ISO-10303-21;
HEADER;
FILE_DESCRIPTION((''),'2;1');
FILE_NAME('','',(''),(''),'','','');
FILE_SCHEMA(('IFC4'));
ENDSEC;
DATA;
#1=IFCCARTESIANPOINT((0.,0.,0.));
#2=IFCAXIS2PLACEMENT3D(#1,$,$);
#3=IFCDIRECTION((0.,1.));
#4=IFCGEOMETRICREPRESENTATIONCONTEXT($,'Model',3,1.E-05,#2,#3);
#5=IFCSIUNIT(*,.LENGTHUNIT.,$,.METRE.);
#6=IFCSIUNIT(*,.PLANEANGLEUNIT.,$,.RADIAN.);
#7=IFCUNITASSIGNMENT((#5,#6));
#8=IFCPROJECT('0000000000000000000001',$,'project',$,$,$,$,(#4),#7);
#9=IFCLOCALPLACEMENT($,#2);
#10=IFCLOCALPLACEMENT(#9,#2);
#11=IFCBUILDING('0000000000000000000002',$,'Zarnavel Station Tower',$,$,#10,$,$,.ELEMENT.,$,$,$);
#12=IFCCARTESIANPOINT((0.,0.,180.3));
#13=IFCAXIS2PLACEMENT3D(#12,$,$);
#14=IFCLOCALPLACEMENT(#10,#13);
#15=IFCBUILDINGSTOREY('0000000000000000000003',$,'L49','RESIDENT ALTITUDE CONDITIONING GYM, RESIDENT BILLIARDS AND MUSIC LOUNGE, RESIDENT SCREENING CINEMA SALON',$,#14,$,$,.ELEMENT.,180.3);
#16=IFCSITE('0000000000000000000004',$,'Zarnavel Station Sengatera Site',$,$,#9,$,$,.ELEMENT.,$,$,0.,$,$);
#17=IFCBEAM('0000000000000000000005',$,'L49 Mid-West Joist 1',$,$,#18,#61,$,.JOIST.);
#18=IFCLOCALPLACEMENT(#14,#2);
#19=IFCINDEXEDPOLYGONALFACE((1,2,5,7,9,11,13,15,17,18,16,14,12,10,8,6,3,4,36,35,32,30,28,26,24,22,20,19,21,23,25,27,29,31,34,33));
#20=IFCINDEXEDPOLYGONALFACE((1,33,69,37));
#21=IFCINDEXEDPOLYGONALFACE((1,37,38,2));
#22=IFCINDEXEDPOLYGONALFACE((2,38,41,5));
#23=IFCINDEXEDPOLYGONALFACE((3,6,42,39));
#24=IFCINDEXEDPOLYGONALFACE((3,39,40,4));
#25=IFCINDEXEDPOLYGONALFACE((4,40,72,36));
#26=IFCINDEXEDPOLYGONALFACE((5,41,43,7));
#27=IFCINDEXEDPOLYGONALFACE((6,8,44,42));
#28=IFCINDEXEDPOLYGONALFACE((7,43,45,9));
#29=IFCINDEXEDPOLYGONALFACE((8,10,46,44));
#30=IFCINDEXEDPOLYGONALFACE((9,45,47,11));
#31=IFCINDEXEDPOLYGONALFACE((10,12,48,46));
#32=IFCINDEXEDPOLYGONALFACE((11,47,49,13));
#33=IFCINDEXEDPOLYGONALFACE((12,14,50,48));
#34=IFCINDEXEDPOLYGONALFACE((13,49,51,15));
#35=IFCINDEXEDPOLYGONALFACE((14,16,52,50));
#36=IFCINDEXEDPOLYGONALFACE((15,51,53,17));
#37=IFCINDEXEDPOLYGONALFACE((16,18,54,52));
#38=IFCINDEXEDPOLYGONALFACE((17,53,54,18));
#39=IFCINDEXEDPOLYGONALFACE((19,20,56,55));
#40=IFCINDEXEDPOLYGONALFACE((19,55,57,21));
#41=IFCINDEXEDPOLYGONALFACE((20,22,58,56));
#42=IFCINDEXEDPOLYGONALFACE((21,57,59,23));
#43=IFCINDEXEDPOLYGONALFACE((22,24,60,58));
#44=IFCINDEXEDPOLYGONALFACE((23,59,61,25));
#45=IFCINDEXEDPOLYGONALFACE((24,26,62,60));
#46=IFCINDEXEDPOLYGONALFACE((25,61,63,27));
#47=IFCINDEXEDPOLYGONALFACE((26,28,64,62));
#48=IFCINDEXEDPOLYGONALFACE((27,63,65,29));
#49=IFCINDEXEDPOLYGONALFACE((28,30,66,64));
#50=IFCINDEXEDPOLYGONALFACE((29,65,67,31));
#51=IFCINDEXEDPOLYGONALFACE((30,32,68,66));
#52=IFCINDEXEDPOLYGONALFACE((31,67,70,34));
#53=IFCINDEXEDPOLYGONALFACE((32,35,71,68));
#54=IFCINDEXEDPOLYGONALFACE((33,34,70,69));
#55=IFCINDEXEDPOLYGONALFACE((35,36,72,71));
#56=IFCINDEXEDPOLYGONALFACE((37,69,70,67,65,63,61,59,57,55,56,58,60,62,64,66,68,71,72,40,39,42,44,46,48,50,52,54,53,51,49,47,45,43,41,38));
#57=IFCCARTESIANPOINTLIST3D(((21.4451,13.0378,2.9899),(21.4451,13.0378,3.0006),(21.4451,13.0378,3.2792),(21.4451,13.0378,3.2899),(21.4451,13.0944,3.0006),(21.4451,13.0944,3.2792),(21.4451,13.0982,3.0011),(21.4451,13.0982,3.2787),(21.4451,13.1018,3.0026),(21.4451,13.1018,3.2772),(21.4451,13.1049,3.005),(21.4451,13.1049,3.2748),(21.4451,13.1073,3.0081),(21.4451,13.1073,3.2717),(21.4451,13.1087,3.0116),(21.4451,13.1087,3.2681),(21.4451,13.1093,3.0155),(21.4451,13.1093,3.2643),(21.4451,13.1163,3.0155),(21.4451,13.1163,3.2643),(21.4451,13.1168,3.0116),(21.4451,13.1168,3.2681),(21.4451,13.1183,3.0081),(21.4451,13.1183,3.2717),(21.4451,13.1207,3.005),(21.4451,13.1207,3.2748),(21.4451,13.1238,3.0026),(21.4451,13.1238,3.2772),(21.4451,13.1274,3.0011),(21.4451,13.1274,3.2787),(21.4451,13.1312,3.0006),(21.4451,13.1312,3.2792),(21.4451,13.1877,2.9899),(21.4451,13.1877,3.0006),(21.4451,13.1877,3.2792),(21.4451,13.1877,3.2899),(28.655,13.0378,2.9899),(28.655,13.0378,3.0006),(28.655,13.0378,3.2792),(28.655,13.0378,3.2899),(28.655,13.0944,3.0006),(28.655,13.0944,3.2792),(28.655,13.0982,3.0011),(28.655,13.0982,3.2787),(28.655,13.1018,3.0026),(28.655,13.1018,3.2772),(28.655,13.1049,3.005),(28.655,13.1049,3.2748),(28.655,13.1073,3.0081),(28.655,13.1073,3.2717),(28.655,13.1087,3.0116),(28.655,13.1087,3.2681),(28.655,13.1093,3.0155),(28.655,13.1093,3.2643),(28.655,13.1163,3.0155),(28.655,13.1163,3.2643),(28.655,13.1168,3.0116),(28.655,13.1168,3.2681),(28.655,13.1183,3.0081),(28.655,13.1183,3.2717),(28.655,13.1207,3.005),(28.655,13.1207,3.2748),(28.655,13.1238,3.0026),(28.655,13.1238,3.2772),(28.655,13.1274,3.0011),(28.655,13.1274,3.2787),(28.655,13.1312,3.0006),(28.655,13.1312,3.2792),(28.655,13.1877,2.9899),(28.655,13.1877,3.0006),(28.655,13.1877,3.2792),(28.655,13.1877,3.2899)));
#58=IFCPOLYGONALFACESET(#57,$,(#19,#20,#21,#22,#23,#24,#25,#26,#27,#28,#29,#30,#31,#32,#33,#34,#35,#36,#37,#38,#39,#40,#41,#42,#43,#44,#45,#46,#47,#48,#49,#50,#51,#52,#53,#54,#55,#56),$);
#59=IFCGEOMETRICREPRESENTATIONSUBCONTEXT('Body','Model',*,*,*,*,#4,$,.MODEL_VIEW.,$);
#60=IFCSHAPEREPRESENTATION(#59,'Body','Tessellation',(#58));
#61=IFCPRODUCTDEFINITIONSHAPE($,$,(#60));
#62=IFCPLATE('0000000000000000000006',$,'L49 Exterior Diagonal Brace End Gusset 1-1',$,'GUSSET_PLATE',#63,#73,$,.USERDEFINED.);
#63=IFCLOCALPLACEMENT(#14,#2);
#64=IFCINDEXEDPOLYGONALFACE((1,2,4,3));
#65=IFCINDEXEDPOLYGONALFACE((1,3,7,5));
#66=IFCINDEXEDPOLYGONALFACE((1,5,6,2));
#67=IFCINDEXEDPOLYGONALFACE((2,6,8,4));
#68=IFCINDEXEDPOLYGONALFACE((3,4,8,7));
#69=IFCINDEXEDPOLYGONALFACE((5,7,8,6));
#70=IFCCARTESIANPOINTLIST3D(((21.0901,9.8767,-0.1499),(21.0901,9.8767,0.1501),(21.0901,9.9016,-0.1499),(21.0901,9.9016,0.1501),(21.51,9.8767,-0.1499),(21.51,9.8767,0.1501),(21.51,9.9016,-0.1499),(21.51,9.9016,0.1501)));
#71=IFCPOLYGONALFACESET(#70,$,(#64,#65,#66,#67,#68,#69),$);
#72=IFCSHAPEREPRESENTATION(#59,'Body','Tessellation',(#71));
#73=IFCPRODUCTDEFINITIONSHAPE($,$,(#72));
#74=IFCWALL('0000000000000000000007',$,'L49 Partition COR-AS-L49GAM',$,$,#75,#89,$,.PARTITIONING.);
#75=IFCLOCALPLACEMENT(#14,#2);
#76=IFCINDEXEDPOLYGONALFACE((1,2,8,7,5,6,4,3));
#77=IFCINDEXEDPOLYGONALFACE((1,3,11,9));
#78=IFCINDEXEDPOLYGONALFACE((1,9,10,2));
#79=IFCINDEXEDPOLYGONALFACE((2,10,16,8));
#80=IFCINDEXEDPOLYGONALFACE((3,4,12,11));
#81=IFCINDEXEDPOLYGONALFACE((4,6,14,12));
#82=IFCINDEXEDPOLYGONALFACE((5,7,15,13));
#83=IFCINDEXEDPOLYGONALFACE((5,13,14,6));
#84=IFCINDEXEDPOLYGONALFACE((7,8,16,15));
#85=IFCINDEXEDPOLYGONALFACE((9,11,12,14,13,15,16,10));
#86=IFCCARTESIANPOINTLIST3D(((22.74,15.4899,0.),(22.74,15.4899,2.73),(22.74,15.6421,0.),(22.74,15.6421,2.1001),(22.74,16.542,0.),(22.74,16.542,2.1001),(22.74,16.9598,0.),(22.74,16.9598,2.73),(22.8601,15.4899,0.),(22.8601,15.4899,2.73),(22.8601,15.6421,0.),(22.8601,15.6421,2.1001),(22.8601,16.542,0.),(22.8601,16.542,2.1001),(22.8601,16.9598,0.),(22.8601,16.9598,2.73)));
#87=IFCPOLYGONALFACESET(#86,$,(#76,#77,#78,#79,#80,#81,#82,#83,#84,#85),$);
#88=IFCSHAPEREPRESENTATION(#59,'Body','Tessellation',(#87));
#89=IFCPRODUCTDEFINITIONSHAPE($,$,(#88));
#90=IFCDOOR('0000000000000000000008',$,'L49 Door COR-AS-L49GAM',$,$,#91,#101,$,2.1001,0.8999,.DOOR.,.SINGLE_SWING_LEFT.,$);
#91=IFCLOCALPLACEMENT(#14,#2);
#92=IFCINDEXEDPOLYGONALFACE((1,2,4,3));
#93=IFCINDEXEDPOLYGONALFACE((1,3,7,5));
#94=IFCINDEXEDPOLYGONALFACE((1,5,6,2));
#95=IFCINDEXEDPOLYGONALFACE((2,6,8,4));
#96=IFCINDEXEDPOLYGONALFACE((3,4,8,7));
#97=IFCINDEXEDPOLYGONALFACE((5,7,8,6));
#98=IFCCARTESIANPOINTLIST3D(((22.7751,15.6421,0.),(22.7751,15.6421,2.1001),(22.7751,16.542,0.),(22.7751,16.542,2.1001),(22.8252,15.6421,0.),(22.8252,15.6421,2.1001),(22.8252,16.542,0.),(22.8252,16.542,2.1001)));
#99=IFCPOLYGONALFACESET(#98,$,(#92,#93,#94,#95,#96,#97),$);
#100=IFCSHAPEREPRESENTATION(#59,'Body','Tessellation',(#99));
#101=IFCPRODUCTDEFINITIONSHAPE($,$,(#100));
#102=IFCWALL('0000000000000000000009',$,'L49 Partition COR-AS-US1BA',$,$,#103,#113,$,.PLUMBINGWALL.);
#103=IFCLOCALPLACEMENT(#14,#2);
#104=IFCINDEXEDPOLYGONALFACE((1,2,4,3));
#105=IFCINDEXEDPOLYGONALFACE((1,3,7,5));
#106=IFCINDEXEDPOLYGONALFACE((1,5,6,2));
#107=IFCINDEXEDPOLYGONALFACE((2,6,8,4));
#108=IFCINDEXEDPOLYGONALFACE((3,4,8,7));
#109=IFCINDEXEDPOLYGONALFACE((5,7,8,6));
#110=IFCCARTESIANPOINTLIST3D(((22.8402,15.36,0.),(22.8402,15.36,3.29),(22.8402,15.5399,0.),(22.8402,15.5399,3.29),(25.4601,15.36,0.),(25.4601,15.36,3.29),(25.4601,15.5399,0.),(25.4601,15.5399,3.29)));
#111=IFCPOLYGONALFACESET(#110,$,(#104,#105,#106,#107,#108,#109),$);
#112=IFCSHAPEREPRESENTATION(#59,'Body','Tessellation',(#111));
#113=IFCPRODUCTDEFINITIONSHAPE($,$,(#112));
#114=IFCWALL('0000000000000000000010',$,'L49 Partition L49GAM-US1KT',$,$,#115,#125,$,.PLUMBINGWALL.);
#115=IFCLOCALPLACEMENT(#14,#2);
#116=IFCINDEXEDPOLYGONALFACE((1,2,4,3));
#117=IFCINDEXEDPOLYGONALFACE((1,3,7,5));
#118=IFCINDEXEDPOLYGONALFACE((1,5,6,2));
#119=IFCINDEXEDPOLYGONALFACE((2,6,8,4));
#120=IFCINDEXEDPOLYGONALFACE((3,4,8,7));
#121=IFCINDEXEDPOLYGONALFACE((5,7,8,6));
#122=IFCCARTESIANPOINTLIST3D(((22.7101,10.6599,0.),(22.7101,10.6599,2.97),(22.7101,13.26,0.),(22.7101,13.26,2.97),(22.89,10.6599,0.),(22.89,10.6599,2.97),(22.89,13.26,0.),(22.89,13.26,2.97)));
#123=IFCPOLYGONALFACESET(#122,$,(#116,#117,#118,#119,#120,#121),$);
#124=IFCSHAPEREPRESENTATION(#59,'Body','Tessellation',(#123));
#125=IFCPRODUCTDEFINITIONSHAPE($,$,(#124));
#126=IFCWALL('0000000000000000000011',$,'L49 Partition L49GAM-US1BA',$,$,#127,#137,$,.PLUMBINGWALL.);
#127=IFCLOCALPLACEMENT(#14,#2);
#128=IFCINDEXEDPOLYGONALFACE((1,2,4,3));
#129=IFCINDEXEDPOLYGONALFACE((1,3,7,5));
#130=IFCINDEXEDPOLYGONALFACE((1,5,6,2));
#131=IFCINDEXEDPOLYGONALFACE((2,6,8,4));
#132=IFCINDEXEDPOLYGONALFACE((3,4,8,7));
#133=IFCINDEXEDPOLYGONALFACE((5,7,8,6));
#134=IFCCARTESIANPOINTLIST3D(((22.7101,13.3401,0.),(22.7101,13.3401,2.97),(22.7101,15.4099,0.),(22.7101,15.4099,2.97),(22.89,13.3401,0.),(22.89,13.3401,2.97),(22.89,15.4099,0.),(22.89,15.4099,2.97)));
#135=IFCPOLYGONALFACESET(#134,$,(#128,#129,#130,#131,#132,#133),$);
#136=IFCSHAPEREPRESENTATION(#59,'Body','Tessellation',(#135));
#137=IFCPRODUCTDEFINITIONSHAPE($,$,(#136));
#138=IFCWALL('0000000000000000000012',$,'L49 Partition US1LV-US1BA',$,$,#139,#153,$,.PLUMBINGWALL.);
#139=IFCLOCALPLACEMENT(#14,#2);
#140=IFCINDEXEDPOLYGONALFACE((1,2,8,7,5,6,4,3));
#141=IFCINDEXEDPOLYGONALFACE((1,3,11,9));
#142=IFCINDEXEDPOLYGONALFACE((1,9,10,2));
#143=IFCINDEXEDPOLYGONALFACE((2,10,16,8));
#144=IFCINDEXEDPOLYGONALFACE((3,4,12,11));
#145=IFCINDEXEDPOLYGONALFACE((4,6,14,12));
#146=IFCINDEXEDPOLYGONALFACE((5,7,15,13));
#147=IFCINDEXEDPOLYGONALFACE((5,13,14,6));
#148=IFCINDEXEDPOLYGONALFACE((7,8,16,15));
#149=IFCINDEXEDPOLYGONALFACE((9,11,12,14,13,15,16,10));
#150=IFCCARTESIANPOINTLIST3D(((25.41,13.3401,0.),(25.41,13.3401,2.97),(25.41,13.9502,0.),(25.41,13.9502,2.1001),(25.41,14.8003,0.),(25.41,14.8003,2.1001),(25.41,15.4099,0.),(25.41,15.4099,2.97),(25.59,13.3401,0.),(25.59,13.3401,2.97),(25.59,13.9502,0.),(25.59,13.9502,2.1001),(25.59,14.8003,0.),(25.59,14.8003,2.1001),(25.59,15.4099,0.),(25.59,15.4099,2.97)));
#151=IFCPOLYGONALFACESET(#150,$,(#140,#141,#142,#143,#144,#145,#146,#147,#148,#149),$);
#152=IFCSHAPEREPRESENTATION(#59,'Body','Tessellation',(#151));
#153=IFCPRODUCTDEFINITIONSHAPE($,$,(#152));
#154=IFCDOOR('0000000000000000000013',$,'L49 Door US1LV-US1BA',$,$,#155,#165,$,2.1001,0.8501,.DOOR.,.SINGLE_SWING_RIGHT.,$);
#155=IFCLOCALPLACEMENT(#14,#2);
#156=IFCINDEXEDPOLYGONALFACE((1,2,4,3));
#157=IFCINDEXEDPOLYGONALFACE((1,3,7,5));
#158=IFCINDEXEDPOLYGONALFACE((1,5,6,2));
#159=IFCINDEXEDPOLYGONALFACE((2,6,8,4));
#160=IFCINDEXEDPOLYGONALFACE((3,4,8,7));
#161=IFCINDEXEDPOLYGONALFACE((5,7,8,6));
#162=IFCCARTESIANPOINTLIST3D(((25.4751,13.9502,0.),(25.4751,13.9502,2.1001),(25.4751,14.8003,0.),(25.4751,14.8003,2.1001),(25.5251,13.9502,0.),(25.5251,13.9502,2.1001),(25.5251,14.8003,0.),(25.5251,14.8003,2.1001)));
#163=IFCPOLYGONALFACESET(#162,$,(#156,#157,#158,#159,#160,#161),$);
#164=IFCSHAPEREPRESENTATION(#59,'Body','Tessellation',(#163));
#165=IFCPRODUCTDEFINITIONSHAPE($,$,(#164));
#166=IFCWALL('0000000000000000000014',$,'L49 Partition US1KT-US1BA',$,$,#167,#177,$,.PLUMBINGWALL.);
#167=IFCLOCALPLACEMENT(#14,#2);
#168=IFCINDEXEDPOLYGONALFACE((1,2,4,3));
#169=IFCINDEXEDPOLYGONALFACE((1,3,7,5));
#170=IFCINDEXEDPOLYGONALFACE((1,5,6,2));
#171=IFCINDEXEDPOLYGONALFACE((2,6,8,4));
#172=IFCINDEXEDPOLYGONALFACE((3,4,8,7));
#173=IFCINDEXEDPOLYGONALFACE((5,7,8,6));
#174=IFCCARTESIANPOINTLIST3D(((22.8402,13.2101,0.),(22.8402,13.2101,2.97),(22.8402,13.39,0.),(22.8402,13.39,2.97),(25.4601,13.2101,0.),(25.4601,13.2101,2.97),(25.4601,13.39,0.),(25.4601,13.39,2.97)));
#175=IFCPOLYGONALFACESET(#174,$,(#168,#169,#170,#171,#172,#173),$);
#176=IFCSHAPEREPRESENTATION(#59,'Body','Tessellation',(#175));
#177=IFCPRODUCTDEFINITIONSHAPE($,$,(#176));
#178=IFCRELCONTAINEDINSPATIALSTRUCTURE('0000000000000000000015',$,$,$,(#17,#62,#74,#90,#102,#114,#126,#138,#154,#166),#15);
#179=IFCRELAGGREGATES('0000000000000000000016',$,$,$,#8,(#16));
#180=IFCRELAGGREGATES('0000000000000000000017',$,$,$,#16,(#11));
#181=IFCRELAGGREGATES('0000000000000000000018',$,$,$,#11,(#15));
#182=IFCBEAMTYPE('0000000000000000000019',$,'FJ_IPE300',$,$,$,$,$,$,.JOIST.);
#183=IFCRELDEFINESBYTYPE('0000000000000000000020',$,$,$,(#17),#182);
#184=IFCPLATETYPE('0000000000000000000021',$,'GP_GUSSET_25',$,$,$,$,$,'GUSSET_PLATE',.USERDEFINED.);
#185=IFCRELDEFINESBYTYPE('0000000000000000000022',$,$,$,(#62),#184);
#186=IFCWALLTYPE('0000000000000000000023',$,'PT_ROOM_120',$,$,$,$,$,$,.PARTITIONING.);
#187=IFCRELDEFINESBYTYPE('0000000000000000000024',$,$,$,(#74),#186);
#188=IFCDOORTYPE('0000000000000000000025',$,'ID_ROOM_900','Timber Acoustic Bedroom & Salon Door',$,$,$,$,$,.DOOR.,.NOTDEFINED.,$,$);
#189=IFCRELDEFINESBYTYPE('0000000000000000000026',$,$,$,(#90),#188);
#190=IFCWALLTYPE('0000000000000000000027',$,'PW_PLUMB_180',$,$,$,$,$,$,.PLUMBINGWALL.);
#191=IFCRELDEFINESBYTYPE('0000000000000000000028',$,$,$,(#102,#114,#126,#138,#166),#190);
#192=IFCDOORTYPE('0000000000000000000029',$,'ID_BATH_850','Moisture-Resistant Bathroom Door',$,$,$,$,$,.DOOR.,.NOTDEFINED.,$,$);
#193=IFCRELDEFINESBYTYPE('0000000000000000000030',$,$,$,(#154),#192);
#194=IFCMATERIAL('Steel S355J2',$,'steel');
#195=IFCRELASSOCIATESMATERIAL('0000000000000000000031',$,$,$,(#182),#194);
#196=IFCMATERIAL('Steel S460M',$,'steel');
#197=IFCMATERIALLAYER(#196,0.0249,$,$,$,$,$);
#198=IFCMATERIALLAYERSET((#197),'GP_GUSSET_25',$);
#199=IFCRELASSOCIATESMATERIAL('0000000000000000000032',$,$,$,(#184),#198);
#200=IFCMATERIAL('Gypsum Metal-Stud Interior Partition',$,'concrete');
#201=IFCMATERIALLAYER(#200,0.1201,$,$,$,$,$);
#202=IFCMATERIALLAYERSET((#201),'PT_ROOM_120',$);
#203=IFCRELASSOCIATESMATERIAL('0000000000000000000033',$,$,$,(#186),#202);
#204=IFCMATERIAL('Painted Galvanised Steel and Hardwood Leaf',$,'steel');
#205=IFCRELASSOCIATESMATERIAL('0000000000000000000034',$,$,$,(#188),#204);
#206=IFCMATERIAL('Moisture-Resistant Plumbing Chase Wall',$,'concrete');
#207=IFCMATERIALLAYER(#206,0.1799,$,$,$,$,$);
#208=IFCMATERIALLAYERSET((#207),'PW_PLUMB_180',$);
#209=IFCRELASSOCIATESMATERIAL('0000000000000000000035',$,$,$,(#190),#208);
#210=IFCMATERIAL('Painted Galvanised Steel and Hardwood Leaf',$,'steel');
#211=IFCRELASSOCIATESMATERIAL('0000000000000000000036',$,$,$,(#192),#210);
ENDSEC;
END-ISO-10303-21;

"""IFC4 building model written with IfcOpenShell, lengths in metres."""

from ifc_helpers import new_model, si_unit, direction, frame, frame_2d, origin, origin_2d, place, context, subcontext, project, spatial, rectangle, i_section, extrude, material, layer, layer_set, material_profile, profile_set, type_object, element, fill, save


model = new_model("IFC4")

# Units and contexts
model_context = context("Model", 3, precision=1e-05, world=origin(), true_north=direction((0.0, 1.0)))
body_context = subcontext(model_context, "Body", "Model", "MODEL_VIEW")
ifc_project = project(units=[si_unit("LENGTHUNIT", "METRE"), si_unit("PLANEANGLEUNIT", "RADIAN")], contexts=[model_context])

# Site, building, storey
site_placement = place(None, origin())
site = spatial("IfcSite", under=ifc_project, at=site_placement, Name="Zarnavel Station Sengatera Site", CompositionType="ELEMENT", RefElevation=0.0)
building_placement = place(site_placement, origin())
building = spatial("IfcBuilding", under=site, at=building_placement, Name="Zarnavel Station Tower", CompositionType="ELEMENT")
storey_placement = place(building_placement, frame((0.0, 0.0, 180.3)))
storey = spatial("IfcBuildingStorey", under=building, at=storey_placement, Name="L49", Description="RESIDENT ALTITUDE CONDITIONING GYM, RESIDENT BILLIARDS AND MUSIC LOUNGE, RESIDENT SCREENING CINEMA SALON", CompositionType="ELEMENT", Elevation=180.3)

# Beam
ifc_material_1 = material(Name="Steel S355J2", Category="steel")
ifc_material_profile_1 = material_profile(ifc_material_1, i_section(OverallWidth=0.1499, OverallDepth=0.3, WebThickness=0.0071, FlangeThickness=0.0107, FilletRadius=0.0149, at=origin_2d()), Name="IPE300")
ifc_profile_set_1 = profile_set([ifc_material_profile_1], Name="Steel S355J2")
beam_type = type_object("IfcBeamType", Name="FJ_IPE300", PredefinedType="JOIST", material=ifc_profile_set_1)
beam_placement = place(storey_placement, frame((21.4451, 13.1128, 3.1399), z_axis=(1.0, 0.0, 0.0), x_axis=(0.0, 1.0, 0.0)))
element("IfcBeam", 1, at=beam_placement, inside=storey, type_object=beam_type, Name="L49 Mid-West Joist 1", PredefinedType="JOIST", context=body_context, shape_type="SweptSolid", body=[
    extrude(i_section(OverallWidth=0.1499, OverallDepth=0.3, WebThickness=0.0071, FlangeThickness=0.0107, FilletRadius=0.0149, at=origin_2d()), origin(), (0.0, 0.0, 1.0), 7.21),
])

# Plate
ifc_material_2 = material(Name="Steel S460M", Category="steel")
ifc_layer_1 = layer(ifc_material_2, 0.0249)
ifc_layer_set_1 = layer_set([ifc_layer_1], Name="GP_GUSSET_25")
plate_type = type_object("IfcPlateType", Name="GP_GUSSET_25", ElementType="GUSSET_PLATE", PredefinedType="USERDEFINED", material=ifc_layer_set_1)
plate_placement = place(storey_placement, frame((21.3, 9.8892, -0.1499), z_axis=(0.0, 0.0, 1.0), x_axis=(1.0, 0.0, 0.0)))
element("IfcPlate", 2, at=plate_placement, inside=storey, type_object=plate_type, Name="L49 Exterior Diagonal Brace End Gusset 1-1", ObjectType="GUSSET_PLATE", PredefinedType="USERDEFINED", context=body_context, shape_type="SweptSolid", body=[
    extrude(rectangle(XDim=0.4199, YDim=0.0249, at=origin_2d()), origin(), (0.0, 0.0, 1.0), 0.3),
])

# Wall, opening, door
ifc_material_3 = material(Name="Gypsum Metal-Stud Interior Partition", Category="concrete")
ifc_layer_2 = layer(ifc_material_3, 0.1201)
ifc_layer_set_2 = layer_set([ifc_layer_2], Name="PT_ROOM_120")
wall_type_1 = type_object("IfcWallType", Name="PT_ROOM_120", PredefinedType="PARTITIONING", material=ifc_layer_set_2)
wall_1_placement = place(storey_placement, frame((22.8, 15.49, 0.0), z_axis=(0.0, 0.0, 1.0), x_axis=(0.0, 1.0, 0.0)))
wall_1 = element("IfcWall", 3, at=wall_1_placement, inside=storey, type_object=wall_type_1, Name="L49 Partition COR-AS-L49GAM", PredefinedType="PARTITIONING", context=body_context, shape_type="SweptSolid", body=[
    extrude(rectangle(XDim=1.47, YDim=0.1201, at=frame_2d((0.7349, 0.0))), origin(), (0.0, 0.0, 1.0), 2.73),
])
opening_1_placement = place(wall_1_placement, frame((0.1521, 0.0, 0.0)))
opening_1 = element("IfcOpeningElement", 4, at=opening_1_placement, cuts=wall_1, PredefinedType="OPENING", context=body_context, shape_type="SweptSolid", body=[
    extrude(rectangle(XDim=0.8999, YDim=2.1001, at=frame_2d((0.45, 1.05))), frame((0.0, 0.0701, 0.0), z_axis=(0.0, -1.0, 0.0), x_axis=(1.0, 0.0, 0.0)), (0.0, 0.0, 1.0), 0.1401),
])
ifc_material_4 = material(Name="Painted Galvanised Steel and Hardwood Leaf", Category="steel")
door_type_1 = type_object("IfcDoorType", Name="ID_ROOM_900", Description="Timber Acoustic Bedroom & Salon Door", OperationType="NOTDEFINED", PredefinedType="DOOR", material=ifc_material_4)
door_1_placement = place(opening_1_placement, origin())
door_1 = element("IfcDoor", 5, at=door_1_placement, inside=storey, type_object=door_type_1, Name="L49 Door COR-AS-L49GAM", OperationType="SINGLE_SWING_LEFT", OverallHeight=2.1001, OverallWidth=0.8999, PredefinedType="DOOR", context=body_context, shape_type="SweptSolid", body=[
    extrude(rectangle(XDim=0.8999, YDim=2.1001, at=frame_2d((0.45, 1.05))), frame((0.0, 0.0249, 0.0), z_axis=(0.0, -1.0, 0.0), x_axis=(1.0, 0.0, 0.0)), (0.0, 0.0, 1.0), 0.05),
])
fill(opening_1, door_1)

# Walls
ifc_material_5 = material(Name="Moisture-Resistant Plumbing Chase Wall", Category="concrete")
ifc_layer_3 = layer(ifc_material_5, 0.1799)
ifc_layer_set_3 = layer_set([ifc_layer_3], Name="PW_PLUMB_180")
wall_type_2 = type_object("IfcWallType", Name="PW_PLUMB_180", PredefinedType="PLUMBINGWALL", material=ifc_layer_set_3)
wall_2_placement = place(storey_placement, frame((22.8401, 15.45, 0.0), z_axis=(0.0, 0.0, 1.0), x_axis=(1.0, 0.0, 0.0)))
element("IfcWall", 6, at=wall_2_placement, inside=storey, type_object=wall_type_2, Name="L49 Partition COR-AS-US1BA", PredefinedType="PLUMBINGWALL", context=body_context, shape_type="SweptSolid", body=[
    extrude(rectangle(XDim=2.6199, YDim=0.1799, at=frame_2d((1.3101, 0.0))), origin(), (0.0, 0.0, 1.0), 3.29),
])
wall_3_placement = place(storey_placement, frame((22.8, 10.6599, 0.0), z_axis=(0.0, 0.0, 1.0), x_axis=(0.0, 1.0, 0.0)))
element("IfcWall", 7, at=wall_3_placement, inside=storey, type_object=wall_type_2, Name="L49 Partition L49GAM-US1KT", PredefinedType="PLUMBINGWALL", context=body_context, shape_type="SweptSolid", body=[
    extrude(rectangle(XDim=2.6001, YDim=0.1799, at=frame_2d((1.3, 0.0))), origin(), (0.0, 0.0, 1.0), 2.97),
])
wall_4_placement = place(storey_placement, frame((22.8, 13.3401, 0.0), z_axis=(0.0, 0.0, 1.0), x_axis=(0.0, 1.0, 0.0)))
element("IfcWall", 8, at=wall_4_placement, inside=storey, type_object=wall_type_2, Name="L49 Partition L49GAM-US1BA", PredefinedType="PLUMBINGWALL", context=body_context, shape_type="SweptSolid", body=[
    extrude(rectangle(XDim=2.0698, YDim=0.1799, at=frame_2d((1.0349, 0.0))), origin(), (0.0, 0.0, 1.0), 2.97),
])

# Wall, opening, door
wall_5_placement = place(storey_placement, frame((25.5, 13.3401, 0.0), z_axis=(0.0, 0.0, 1.0), x_axis=(0.0, 1.0, 0.0)))
wall_5 = element("IfcWall", 9, at=wall_5_placement, inside=storey, type_object=wall_type_2, Name="L49 Partition US1LV-US1BA", PredefinedType="PLUMBINGWALL", context=body_context, shape_type="SweptSolid", body=[
    extrude(rectangle(XDim=2.0698, YDim=0.1799, at=frame_2d((1.0349, 0.0))), origin(), (0.0, 0.0, 1.0), 2.97),
])
opening_2_placement = place(wall_5_placement, frame((0.6101, 0.0, 0.0)))
opening_2 = element("IfcOpeningElement", 10, at=opening_2_placement, cuts=wall_5, PredefinedType="OPENING", context=body_context, shape_type="SweptSolid", body=[
    extrude(rectangle(XDim=0.8501, YDim=2.1001, at=frame_2d((0.425, 1.05))), frame((0.0, 0.0999, 0.0), z_axis=(0.0, -1.0, 0.0), x_axis=(1.0, 0.0, 0.0)), (0.0, 0.0, 1.0), 0.2),
])
ifc_material_6 = material(Name="Painted Galvanised Steel and Hardwood Leaf", Category="steel")
door_type_2 = type_object("IfcDoorType", Name="ID_BATH_850", Description="Moisture-Resistant Bathroom Door", OperationType="NOTDEFINED", PredefinedType="DOOR", material=ifc_material_6)
door_2_placement = place(opening_2_placement, origin())
door_2 = element("IfcDoor", 11, at=door_2_placement, inside=storey, type_object=door_type_2, Name="L49 Door US1LV-US1BA", OperationType="SINGLE_SWING_RIGHT", OverallHeight=2.1001, OverallWidth=0.8501, PredefinedType="DOOR", context=body_context, shape_type="SweptSolid", body=[
    extrude(rectangle(XDim=0.8501, YDim=2.1001, at=frame_2d((0.425, 1.05))), frame((0.0, 0.0249, 0.0), z_axis=(0.0, -1.0, 0.0), x_axis=(1.0, 0.0, 0.0)), (0.0, 0.0, 1.0), 0.05),
])
fill(opening_2, door_2)

# Wall
wall_6_placement = place(storey_placement, frame((22.8401, 13.3, 0.0), z_axis=(0.0, 0.0, 1.0), x_axis=(1.0, 0.0, 0.0)))
element("IfcWall", 12, at=wall_6_placement, inside=storey, type_object=wall_type_2, Name="L49 Partition US1KT-US1BA", PredefinedType="PLUMBINGWALL", context=body_context, shape_type="SweptSolid", body=[
    extrude(rectangle(XDim=2.6199, YDim=0.1799, at=frame_2d((1.3101, 0.0))), origin(), (0.0, 0.0, 1.0), 2.97),
])

save(model, "model.ifc")
